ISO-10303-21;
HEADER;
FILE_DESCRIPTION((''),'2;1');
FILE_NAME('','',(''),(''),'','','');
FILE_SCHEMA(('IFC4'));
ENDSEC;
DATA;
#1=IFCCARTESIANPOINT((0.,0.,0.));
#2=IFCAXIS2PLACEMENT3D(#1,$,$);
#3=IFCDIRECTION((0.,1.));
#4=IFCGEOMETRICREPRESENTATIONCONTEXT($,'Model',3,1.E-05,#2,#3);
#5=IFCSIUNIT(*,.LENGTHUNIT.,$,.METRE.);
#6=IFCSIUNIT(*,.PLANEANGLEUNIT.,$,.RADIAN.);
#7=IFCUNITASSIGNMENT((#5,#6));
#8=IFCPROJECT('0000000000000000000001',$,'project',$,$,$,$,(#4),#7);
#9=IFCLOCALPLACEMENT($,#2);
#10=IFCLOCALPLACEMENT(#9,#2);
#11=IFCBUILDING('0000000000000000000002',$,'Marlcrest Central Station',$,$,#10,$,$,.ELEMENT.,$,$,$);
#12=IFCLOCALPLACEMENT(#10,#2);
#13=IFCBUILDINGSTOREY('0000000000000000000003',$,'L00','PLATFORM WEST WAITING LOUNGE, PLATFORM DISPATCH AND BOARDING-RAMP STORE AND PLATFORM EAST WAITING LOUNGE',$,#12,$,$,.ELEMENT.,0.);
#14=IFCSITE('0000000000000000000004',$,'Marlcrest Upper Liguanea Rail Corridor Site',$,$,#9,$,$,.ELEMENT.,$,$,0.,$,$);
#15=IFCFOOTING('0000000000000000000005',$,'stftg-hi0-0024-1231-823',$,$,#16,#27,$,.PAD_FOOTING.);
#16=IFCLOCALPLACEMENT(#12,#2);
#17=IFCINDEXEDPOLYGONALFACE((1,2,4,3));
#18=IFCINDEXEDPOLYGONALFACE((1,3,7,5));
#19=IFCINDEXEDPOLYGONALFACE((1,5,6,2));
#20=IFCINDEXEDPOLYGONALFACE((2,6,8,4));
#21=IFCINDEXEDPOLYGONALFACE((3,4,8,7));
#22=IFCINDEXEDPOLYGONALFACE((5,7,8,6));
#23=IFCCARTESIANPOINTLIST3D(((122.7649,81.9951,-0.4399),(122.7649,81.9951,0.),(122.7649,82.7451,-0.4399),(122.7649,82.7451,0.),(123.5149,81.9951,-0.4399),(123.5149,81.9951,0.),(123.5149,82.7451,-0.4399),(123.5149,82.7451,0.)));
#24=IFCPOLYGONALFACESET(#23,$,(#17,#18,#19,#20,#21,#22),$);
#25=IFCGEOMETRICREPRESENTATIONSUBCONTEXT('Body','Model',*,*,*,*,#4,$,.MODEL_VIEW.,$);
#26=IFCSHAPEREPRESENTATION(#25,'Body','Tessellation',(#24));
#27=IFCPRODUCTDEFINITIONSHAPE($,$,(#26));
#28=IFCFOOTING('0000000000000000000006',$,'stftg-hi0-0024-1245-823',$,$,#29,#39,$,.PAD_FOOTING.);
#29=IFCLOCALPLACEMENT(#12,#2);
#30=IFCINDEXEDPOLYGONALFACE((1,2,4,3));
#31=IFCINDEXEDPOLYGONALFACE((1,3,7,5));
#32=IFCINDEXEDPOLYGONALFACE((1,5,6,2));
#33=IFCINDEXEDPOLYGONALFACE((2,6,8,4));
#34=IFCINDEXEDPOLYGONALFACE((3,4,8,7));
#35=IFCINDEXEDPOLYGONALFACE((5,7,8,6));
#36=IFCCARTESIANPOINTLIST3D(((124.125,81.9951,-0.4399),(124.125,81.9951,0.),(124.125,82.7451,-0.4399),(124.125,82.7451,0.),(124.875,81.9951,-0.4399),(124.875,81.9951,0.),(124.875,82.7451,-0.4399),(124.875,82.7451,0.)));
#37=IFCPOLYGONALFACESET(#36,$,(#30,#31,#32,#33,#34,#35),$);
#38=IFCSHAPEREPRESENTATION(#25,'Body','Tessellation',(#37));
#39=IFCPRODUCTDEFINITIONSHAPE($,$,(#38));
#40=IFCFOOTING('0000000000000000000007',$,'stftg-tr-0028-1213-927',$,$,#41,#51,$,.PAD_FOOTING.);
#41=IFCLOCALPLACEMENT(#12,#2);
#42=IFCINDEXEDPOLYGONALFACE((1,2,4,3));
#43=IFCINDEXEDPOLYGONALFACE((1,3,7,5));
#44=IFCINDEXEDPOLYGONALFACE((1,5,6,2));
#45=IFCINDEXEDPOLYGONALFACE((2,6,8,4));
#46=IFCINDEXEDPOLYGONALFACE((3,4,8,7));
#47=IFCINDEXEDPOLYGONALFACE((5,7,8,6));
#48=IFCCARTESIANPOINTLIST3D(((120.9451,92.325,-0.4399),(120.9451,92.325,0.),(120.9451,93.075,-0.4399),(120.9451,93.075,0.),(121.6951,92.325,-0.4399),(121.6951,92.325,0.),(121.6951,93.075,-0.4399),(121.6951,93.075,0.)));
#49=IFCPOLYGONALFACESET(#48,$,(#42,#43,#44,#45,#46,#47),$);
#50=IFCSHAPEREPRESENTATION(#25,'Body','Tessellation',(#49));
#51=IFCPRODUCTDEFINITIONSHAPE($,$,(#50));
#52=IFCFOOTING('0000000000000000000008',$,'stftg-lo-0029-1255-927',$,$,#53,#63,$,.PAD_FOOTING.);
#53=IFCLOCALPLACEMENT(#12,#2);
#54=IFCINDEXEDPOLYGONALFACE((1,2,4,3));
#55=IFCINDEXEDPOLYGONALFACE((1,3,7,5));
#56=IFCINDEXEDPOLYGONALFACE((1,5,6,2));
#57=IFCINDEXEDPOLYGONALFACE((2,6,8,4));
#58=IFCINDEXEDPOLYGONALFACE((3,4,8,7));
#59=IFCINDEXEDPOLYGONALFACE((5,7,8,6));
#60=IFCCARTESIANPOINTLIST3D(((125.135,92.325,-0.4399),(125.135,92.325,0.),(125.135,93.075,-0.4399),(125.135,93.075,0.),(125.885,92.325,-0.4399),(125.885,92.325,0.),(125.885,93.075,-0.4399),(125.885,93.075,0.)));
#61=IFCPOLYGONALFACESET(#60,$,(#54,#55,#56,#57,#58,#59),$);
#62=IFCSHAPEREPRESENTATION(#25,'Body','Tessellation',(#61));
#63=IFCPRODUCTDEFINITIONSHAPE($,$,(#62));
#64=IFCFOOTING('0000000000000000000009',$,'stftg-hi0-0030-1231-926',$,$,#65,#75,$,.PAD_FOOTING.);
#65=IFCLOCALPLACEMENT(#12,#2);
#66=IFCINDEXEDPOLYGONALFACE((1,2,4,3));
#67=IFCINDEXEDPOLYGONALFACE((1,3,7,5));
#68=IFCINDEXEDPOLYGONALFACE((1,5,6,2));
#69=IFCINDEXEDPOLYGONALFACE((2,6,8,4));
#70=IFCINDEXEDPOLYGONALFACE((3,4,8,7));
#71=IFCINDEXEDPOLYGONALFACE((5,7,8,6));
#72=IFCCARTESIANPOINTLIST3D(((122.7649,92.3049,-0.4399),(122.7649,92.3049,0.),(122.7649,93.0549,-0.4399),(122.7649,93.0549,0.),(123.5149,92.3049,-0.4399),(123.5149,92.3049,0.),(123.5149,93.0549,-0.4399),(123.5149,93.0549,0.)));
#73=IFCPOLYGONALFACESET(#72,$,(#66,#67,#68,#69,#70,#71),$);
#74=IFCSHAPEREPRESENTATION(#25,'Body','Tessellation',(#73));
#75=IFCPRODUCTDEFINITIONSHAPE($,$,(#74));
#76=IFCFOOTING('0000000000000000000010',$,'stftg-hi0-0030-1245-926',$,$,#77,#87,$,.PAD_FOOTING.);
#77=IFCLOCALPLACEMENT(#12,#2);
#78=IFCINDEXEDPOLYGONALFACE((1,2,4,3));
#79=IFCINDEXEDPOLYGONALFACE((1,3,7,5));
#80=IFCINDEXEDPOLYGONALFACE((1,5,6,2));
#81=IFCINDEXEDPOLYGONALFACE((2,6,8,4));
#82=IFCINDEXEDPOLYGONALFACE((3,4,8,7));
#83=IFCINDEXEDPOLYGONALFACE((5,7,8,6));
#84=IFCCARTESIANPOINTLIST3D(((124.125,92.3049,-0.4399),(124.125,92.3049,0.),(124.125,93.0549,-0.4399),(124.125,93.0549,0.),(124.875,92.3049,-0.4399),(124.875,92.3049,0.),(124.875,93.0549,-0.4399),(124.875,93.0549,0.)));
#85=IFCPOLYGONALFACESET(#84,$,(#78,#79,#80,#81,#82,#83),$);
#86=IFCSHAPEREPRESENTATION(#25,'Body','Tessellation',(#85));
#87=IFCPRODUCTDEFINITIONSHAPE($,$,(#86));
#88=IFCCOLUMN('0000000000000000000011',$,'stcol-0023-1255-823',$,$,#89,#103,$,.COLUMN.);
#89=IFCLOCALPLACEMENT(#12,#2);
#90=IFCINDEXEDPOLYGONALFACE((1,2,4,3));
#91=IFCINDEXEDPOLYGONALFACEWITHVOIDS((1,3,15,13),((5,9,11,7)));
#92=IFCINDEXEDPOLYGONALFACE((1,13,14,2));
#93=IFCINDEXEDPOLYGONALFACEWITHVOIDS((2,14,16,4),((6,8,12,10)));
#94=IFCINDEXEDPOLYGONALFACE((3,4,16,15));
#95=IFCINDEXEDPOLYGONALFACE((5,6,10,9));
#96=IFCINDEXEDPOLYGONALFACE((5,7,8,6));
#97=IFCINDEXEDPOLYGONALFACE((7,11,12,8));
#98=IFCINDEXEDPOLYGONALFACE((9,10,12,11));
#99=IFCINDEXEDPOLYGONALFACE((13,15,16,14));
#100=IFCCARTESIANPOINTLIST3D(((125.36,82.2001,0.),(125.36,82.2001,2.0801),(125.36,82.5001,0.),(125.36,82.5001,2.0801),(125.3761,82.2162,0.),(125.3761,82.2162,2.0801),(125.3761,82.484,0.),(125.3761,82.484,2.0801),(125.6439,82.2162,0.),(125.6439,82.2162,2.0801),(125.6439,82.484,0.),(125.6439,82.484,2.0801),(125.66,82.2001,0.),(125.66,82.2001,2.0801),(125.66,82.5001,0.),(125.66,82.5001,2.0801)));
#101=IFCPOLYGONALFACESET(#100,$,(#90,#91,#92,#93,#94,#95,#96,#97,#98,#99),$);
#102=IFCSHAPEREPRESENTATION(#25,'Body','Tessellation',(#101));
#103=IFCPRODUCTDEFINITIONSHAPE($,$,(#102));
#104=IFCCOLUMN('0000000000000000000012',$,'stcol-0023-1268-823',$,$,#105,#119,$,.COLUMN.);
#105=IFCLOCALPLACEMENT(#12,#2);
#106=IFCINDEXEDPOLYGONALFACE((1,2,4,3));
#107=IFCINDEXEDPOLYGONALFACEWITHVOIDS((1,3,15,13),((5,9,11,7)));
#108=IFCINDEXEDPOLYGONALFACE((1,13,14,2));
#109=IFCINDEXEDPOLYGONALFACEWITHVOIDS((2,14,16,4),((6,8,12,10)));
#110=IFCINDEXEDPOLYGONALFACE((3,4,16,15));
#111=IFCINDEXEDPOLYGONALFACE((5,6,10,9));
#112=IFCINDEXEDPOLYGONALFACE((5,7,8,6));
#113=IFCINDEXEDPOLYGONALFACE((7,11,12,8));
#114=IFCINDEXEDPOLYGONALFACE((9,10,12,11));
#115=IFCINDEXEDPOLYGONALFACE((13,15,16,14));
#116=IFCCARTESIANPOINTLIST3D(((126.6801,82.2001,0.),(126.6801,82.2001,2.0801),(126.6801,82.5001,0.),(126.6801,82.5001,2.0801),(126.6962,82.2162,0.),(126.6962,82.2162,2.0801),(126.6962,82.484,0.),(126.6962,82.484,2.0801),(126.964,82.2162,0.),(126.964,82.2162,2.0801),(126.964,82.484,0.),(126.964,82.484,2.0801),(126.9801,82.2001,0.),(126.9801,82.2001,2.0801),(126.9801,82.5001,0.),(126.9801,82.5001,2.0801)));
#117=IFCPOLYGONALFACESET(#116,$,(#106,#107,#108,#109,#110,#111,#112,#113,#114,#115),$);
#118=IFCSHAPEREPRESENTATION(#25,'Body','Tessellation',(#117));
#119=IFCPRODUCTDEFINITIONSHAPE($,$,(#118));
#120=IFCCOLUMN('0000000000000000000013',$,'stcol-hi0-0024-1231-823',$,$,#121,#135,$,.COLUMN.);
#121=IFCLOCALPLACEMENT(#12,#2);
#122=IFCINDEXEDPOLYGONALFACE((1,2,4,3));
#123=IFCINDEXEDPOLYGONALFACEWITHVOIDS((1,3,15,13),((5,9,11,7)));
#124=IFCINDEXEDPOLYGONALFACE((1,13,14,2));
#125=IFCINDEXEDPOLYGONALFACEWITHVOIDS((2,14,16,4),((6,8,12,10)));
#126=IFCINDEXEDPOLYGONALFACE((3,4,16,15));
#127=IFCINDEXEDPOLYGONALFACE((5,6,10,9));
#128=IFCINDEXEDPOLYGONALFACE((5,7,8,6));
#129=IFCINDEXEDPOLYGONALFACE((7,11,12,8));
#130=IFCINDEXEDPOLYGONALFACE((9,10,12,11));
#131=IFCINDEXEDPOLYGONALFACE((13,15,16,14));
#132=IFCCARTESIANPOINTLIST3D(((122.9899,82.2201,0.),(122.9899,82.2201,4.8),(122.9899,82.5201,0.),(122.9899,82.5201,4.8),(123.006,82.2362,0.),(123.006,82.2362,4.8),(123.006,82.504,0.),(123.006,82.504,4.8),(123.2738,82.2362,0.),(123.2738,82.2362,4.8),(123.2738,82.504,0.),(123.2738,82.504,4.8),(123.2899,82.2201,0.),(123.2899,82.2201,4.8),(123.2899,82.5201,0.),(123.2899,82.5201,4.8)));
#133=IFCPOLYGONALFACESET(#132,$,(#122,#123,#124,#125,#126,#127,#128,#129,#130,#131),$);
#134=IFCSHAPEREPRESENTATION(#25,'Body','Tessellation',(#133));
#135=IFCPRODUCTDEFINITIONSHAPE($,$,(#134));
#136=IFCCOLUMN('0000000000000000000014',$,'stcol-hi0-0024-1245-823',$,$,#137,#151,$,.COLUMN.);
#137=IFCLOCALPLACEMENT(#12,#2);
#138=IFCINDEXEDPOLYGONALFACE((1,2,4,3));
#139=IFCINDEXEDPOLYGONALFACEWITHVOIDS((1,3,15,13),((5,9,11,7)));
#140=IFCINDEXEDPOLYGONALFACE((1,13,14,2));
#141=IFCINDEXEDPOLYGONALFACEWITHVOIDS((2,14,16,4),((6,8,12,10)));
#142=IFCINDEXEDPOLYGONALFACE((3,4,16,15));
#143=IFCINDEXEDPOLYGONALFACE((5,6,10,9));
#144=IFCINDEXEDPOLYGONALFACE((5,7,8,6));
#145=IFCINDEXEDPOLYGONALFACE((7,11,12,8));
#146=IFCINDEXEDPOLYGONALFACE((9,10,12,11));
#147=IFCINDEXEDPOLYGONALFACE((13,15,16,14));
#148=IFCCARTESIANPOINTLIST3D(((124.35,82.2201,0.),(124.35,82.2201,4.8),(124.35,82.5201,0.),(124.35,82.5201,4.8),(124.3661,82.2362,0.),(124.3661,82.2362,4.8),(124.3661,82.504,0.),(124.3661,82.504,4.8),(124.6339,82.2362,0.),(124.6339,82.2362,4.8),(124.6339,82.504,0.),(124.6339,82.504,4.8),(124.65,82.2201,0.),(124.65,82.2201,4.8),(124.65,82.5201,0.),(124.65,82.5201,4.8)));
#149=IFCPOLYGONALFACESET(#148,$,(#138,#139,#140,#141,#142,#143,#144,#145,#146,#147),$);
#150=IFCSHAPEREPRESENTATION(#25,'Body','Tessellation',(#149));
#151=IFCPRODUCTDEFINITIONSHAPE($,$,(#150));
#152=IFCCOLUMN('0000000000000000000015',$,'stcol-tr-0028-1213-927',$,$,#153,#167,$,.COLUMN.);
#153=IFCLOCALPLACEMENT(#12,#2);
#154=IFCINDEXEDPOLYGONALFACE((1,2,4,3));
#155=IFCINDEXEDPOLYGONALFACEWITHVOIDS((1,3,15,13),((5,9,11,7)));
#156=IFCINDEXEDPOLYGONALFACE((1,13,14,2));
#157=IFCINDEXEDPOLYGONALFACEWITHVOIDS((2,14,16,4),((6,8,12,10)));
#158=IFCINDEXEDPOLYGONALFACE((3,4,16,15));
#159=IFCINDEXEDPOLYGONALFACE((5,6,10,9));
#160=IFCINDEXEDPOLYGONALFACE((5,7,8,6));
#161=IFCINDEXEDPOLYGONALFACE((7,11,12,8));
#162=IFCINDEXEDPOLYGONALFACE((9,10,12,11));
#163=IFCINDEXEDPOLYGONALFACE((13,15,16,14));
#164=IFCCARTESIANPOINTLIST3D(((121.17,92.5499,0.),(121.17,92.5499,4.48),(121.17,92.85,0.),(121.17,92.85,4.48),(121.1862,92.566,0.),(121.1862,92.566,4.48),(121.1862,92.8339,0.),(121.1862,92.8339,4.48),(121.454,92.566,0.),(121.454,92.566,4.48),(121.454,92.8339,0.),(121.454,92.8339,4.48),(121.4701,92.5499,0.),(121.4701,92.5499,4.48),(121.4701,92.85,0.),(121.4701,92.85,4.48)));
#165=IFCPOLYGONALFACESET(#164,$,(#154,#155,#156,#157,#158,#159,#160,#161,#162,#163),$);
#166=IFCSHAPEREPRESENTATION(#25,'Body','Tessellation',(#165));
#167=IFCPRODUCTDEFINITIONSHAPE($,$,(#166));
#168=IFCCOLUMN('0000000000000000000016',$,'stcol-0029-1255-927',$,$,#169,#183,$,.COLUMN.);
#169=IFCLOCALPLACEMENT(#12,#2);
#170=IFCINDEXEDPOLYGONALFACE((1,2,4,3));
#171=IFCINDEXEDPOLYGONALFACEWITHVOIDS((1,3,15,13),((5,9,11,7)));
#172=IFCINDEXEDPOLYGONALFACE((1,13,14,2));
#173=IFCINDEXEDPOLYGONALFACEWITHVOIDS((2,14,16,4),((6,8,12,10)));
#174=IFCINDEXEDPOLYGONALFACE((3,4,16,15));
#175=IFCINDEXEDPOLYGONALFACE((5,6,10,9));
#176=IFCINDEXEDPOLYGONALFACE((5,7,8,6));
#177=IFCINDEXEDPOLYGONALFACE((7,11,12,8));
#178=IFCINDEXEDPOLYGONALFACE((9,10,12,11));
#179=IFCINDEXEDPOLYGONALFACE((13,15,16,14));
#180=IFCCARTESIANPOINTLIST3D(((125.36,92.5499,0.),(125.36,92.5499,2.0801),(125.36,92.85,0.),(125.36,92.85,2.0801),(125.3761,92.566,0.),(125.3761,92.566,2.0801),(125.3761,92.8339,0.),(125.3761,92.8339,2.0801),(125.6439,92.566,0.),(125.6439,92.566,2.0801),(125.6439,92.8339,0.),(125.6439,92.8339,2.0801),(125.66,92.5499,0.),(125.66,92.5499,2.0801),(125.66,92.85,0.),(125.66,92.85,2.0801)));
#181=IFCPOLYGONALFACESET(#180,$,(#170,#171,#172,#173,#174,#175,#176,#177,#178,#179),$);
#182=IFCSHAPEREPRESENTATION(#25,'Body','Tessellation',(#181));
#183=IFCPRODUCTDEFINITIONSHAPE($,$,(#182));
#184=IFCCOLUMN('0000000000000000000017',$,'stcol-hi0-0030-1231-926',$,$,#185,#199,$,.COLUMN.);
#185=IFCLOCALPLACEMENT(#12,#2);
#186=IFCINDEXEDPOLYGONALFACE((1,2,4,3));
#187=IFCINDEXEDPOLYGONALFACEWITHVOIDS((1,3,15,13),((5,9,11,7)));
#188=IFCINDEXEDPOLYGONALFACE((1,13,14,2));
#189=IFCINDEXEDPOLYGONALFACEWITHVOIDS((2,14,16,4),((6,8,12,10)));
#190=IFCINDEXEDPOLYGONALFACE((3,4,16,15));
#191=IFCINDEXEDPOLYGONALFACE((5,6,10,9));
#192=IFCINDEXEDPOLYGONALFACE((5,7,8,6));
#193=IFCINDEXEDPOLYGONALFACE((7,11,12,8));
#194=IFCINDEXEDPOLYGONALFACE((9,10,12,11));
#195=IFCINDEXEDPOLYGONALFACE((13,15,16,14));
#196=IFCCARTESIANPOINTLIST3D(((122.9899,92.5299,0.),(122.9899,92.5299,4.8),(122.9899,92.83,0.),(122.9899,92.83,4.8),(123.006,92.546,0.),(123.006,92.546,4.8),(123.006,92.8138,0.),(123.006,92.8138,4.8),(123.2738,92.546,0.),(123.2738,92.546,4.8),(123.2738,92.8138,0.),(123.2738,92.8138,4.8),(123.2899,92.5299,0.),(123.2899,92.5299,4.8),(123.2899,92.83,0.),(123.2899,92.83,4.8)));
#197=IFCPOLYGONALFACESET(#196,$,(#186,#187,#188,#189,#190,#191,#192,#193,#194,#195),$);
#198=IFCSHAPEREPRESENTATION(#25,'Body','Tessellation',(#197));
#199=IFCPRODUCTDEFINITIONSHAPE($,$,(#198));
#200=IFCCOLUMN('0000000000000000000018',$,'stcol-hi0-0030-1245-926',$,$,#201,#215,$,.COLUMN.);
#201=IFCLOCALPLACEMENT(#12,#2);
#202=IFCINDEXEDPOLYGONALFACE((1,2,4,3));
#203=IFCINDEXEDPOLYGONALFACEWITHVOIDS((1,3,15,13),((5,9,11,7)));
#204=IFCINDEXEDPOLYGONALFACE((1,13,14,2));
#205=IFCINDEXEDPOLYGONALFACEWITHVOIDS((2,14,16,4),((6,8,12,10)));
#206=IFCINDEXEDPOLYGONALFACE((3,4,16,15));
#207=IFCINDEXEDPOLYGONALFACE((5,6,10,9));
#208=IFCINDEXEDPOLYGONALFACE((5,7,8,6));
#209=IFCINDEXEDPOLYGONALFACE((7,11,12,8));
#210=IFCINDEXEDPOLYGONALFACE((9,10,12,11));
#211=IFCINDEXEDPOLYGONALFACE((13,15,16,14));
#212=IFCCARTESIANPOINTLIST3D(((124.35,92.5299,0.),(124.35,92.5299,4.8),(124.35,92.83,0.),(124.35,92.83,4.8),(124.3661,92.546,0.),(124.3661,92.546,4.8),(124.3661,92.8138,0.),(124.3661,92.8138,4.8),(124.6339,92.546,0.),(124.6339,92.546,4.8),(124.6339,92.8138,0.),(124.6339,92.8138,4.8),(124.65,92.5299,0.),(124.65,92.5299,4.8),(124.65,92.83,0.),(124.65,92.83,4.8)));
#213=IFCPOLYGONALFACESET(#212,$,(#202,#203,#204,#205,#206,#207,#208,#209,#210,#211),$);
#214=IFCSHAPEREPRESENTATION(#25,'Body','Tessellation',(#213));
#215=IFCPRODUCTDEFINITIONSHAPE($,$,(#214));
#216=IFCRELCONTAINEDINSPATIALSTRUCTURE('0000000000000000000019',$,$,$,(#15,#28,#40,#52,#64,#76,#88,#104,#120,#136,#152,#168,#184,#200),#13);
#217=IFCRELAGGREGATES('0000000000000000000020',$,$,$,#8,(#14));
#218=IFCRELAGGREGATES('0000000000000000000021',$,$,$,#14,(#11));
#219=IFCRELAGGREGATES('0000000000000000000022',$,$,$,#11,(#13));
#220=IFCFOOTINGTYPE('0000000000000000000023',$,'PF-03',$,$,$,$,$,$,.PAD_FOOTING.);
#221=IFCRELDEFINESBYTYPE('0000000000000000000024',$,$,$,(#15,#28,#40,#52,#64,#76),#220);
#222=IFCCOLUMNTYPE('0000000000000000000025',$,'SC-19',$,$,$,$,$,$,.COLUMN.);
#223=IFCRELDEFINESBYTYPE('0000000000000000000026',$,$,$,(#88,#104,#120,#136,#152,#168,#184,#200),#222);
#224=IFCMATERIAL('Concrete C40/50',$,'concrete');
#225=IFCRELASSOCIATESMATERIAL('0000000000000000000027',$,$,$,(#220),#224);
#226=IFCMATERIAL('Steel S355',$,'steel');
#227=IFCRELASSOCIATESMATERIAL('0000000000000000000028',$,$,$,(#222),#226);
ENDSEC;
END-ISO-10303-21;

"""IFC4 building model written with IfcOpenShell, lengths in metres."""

from ifc_helpers import new_model, si_unit, direction, frame, origin, origin_2d, place, context, subcontext, project, spatial, rectangle, hollow_rectangle, extrude, material, material_profile, profile_set, type_object, element, save


model = new_model("IFC4")

# Units and contexts
model_context = context("Model", 3, precision=1e-05, world=origin(), true_north=direction((0.0, 1.0)))
body_context = subcontext(model_context, "Body", "Model", "MODEL_VIEW")
ifc_project = project(units=[si_unit("LENGTHUNIT", "METRE"), si_unit("PLANEANGLEUNIT", "RADIAN")], contexts=[model_context])

# Site, building, storey
site_placement = place(None, origin())
site = spatial("IfcSite", under=ifc_project, at=site_placement, Name="Marlcrest Upper Liguanea Rail Corridor Site", CompositionType="ELEMENT", RefElevation=0.0)
building_placement = place(site_placement, origin())
building = spatial("IfcBuilding", under=site, at=building_placement, Name="Marlcrest Central Station", CompositionType="ELEMENT")
storey_placement = place(building_placement, origin())
storey = spatial("IfcBuildingStorey", under=building, at=storey_placement, Name="L00", Description="PLATFORM WEST WAITING LOUNGE, PLATFORM DISPATCH AND BOARDING-RAMP STORE AND PLATFORM EAST WAITING LOUNGE", CompositionType="ELEMENT", Elevation=0.0)

# Footings
ifc_material_1 = material(Name="Concrete C40/50", Category="concrete")
footing_type = type_object("IfcFootingType", Name="PF-03", PredefinedType="PAD_FOOTING", material=ifc_material_1)
for number, where, z_axis, x_axis, name in (
    (1, (123.1399, 82.3701, -0.4399), (0.0, 0.0, 1.0), (1.0, 0.0, 0.0), "stftg-hi0-0024-1231-823"),
    (2, (124.5, 82.3701, -0.4399), (0.0, 0.0, 1.0), (1.0, 0.0, 0.0), "stftg-hi0-0024-1245-823"),
    (3, (121.3201, 92.7, -0.4399), (0.0, 0.0, 1.0), (1.0, 0.0, 0.0), "stftg-tr-0028-1213-927"),
    (4, (125.51, 92.7, -0.4399), (0.0, 0.0, 1.0), (1.0, 0.0, 0.0), "stftg-lo-0029-1255-927"),
    (5, (123.1399, 92.6799, -0.4399), (0.0, 0.0, 1.0), (1.0, 0.0, 0.0), "stftg-hi0-0030-1231-926"),
    (6, (124.5, 92.6799, -0.4399), (0.0, 0.0, 1.0), (1.0, 0.0, 0.0), "stftg-hi0-0030-1245-926"),
):
    element("IfcFooting", number, at=place(storey_placement, frame(where, z_axis=z_axis, x_axis=x_axis)), inside=storey, type_object=footing_type, Name=name, PredefinedType="PAD_FOOTING", context=body_context, shape_type="SweptSolid", body=[
        extrude(rectangle(XDim=0.75, YDim=0.75, at=origin_2d()), origin(), (0.0, 0.0, 1.0), 0.4399),
    ])

# Columns
ifc_material_2 = material(Name="Steel S355", Category="steel")
ifc_material_profile = material_profile(ifc_material_2, hollow_rectangle(XDim=0.3, YDim=0.3, WallThickness=0.0161, at=origin_2d()), Name="SHS 300x300x16")
ifc_profile_set = profile_set([ifc_material_profile], Name="Steel S355")
column_type = type_object("IfcColumnType", Name="SC-19", PredefinedType="COLUMN", material=ifc_profile_set)
for number, where, z_axis, x_axis, name in (
    (7, (125.51, 82.3501, 0.0), (0.0, 0.0, 1.0), (1.0, 0.0, 0.0), "stcol-0023-1255-823"),
    (8, (126.8301, 82.3501, 0.0), (0.0, 0.0, 1.0), (1.0, 0.0, 0.0), "stcol-0023-1268-823"),
):
    element("IfcColumn", number, at=place(storey_placement, frame(where, z_axis=z_axis, x_axis=x_axis)), inside=storey, type_object=column_type, Name=name, PredefinedType="COLUMN", context=body_context, shape_type="SweptSolid", body=[
        extrude(hollow_rectangle(XDim=0.3, YDim=0.3, WallThickness=0.0161, at=origin_2d()), origin(), (0.0, 0.0, 1.0), 2.0801),
    ])
for number, where, z_axis, x_axis, name in (
    (9, (123.1399, 82.3701, 0.0), (0.0, 0.0, 1.0), (1.0, 0.0, 0.0), "stcol-hi0-0024-1231-823"),
    (10, (124.5, 82.3701, 0.0), (0.0, 0.0, 1.0), (1.0, 0.0, 0.0), "stcol-hi0-0024-1245-823"),
):
    element("IfcColumn", number, at=place(storey_placement, frame(where, z_axis=z_axis, x_axis=x_axis)), inside=storey, type_object=column_type, Name=name, PredefinedType="COLUMN", context=body_context, shape_type="SweptSolid", body=[
        extrude(hollow_rectangle(XDim=0.3, YDim=0.3, WallThickness=0.0161, at=origin_2d()), origin(), (0.0, 0.0, 1.0), 4.8),
    ])
column_1_placement = place(storey_placement, frame((121.3201, 92.7, 0.0), z_axis=(0.0, 0.0, 1.0), x_axis=(1.0, 0.0, 0.0)))
element("IfcColumn", 11, at=column_1_placement, inside=storey, type_object=column_type, Name="stcol-tr-0028-1213-927", PredefinedType="COLUMN", context=body_context, shape_type="SweptSolid", body=[
    extrude(hollow_rectangle(XDim=0.3, YDim=0.3, WallThickness=0.0161, at=origin_2d()), origin(), (0.0, 0.0, 1.0), 4.48),
])
column_2_placement = place(storey_placement, frame((125.51, 92.7, 0.0), z_axis=(0.0, 0.0, 1.0), x_axis=(1.0, 0.0, 0.0)))
element("IfcColumn", 12, at=column_2_placement, inside=storey, type_object=column_type, Name="stcol-0029-1255-927", PredefinedType="COLUMN", context=body_context, shape_type="SweptSolid", body=[
    extrude(hollow_rectangle(XDim=0.3, YDim=0.3, WallThickness=0.0161, at=origin_2d()), origin(), (0.0, 0.0, 1.0), 2.0801),
])
for number, where, z_axis, x_axis, name in (
    (13, (123.1399, 92.6799, 0.0), (0.0, 0.0, 1.0), (1.0, 0.0, 0.0), "stcol-hi0-0030-1231-926"),
    (14, (124.5, 92.6799, 0.0), (0.0, 0.0, 1.0), (1.0, 0.0, 0.0), "stcol-hi0-0030-1245-926"),
):
    element("IfcColumn", number, at=place(storey_placement, frame(where, z_axis=z_axis, x_axis=x_axis)), inside=storey, type_object=column_type, Name=name, PredefinedType="COLUMN", context=body_context, shape_type="SweptSolid", body=[
        extrude(hollow_rectangle(XDim=0.3, YDim=0.3, WallThickness=0.0161, at=origin_2d()), origin(), (0.0, 0.0, 1.0), 4.8),
    ])

save(model, "model.ifc")
